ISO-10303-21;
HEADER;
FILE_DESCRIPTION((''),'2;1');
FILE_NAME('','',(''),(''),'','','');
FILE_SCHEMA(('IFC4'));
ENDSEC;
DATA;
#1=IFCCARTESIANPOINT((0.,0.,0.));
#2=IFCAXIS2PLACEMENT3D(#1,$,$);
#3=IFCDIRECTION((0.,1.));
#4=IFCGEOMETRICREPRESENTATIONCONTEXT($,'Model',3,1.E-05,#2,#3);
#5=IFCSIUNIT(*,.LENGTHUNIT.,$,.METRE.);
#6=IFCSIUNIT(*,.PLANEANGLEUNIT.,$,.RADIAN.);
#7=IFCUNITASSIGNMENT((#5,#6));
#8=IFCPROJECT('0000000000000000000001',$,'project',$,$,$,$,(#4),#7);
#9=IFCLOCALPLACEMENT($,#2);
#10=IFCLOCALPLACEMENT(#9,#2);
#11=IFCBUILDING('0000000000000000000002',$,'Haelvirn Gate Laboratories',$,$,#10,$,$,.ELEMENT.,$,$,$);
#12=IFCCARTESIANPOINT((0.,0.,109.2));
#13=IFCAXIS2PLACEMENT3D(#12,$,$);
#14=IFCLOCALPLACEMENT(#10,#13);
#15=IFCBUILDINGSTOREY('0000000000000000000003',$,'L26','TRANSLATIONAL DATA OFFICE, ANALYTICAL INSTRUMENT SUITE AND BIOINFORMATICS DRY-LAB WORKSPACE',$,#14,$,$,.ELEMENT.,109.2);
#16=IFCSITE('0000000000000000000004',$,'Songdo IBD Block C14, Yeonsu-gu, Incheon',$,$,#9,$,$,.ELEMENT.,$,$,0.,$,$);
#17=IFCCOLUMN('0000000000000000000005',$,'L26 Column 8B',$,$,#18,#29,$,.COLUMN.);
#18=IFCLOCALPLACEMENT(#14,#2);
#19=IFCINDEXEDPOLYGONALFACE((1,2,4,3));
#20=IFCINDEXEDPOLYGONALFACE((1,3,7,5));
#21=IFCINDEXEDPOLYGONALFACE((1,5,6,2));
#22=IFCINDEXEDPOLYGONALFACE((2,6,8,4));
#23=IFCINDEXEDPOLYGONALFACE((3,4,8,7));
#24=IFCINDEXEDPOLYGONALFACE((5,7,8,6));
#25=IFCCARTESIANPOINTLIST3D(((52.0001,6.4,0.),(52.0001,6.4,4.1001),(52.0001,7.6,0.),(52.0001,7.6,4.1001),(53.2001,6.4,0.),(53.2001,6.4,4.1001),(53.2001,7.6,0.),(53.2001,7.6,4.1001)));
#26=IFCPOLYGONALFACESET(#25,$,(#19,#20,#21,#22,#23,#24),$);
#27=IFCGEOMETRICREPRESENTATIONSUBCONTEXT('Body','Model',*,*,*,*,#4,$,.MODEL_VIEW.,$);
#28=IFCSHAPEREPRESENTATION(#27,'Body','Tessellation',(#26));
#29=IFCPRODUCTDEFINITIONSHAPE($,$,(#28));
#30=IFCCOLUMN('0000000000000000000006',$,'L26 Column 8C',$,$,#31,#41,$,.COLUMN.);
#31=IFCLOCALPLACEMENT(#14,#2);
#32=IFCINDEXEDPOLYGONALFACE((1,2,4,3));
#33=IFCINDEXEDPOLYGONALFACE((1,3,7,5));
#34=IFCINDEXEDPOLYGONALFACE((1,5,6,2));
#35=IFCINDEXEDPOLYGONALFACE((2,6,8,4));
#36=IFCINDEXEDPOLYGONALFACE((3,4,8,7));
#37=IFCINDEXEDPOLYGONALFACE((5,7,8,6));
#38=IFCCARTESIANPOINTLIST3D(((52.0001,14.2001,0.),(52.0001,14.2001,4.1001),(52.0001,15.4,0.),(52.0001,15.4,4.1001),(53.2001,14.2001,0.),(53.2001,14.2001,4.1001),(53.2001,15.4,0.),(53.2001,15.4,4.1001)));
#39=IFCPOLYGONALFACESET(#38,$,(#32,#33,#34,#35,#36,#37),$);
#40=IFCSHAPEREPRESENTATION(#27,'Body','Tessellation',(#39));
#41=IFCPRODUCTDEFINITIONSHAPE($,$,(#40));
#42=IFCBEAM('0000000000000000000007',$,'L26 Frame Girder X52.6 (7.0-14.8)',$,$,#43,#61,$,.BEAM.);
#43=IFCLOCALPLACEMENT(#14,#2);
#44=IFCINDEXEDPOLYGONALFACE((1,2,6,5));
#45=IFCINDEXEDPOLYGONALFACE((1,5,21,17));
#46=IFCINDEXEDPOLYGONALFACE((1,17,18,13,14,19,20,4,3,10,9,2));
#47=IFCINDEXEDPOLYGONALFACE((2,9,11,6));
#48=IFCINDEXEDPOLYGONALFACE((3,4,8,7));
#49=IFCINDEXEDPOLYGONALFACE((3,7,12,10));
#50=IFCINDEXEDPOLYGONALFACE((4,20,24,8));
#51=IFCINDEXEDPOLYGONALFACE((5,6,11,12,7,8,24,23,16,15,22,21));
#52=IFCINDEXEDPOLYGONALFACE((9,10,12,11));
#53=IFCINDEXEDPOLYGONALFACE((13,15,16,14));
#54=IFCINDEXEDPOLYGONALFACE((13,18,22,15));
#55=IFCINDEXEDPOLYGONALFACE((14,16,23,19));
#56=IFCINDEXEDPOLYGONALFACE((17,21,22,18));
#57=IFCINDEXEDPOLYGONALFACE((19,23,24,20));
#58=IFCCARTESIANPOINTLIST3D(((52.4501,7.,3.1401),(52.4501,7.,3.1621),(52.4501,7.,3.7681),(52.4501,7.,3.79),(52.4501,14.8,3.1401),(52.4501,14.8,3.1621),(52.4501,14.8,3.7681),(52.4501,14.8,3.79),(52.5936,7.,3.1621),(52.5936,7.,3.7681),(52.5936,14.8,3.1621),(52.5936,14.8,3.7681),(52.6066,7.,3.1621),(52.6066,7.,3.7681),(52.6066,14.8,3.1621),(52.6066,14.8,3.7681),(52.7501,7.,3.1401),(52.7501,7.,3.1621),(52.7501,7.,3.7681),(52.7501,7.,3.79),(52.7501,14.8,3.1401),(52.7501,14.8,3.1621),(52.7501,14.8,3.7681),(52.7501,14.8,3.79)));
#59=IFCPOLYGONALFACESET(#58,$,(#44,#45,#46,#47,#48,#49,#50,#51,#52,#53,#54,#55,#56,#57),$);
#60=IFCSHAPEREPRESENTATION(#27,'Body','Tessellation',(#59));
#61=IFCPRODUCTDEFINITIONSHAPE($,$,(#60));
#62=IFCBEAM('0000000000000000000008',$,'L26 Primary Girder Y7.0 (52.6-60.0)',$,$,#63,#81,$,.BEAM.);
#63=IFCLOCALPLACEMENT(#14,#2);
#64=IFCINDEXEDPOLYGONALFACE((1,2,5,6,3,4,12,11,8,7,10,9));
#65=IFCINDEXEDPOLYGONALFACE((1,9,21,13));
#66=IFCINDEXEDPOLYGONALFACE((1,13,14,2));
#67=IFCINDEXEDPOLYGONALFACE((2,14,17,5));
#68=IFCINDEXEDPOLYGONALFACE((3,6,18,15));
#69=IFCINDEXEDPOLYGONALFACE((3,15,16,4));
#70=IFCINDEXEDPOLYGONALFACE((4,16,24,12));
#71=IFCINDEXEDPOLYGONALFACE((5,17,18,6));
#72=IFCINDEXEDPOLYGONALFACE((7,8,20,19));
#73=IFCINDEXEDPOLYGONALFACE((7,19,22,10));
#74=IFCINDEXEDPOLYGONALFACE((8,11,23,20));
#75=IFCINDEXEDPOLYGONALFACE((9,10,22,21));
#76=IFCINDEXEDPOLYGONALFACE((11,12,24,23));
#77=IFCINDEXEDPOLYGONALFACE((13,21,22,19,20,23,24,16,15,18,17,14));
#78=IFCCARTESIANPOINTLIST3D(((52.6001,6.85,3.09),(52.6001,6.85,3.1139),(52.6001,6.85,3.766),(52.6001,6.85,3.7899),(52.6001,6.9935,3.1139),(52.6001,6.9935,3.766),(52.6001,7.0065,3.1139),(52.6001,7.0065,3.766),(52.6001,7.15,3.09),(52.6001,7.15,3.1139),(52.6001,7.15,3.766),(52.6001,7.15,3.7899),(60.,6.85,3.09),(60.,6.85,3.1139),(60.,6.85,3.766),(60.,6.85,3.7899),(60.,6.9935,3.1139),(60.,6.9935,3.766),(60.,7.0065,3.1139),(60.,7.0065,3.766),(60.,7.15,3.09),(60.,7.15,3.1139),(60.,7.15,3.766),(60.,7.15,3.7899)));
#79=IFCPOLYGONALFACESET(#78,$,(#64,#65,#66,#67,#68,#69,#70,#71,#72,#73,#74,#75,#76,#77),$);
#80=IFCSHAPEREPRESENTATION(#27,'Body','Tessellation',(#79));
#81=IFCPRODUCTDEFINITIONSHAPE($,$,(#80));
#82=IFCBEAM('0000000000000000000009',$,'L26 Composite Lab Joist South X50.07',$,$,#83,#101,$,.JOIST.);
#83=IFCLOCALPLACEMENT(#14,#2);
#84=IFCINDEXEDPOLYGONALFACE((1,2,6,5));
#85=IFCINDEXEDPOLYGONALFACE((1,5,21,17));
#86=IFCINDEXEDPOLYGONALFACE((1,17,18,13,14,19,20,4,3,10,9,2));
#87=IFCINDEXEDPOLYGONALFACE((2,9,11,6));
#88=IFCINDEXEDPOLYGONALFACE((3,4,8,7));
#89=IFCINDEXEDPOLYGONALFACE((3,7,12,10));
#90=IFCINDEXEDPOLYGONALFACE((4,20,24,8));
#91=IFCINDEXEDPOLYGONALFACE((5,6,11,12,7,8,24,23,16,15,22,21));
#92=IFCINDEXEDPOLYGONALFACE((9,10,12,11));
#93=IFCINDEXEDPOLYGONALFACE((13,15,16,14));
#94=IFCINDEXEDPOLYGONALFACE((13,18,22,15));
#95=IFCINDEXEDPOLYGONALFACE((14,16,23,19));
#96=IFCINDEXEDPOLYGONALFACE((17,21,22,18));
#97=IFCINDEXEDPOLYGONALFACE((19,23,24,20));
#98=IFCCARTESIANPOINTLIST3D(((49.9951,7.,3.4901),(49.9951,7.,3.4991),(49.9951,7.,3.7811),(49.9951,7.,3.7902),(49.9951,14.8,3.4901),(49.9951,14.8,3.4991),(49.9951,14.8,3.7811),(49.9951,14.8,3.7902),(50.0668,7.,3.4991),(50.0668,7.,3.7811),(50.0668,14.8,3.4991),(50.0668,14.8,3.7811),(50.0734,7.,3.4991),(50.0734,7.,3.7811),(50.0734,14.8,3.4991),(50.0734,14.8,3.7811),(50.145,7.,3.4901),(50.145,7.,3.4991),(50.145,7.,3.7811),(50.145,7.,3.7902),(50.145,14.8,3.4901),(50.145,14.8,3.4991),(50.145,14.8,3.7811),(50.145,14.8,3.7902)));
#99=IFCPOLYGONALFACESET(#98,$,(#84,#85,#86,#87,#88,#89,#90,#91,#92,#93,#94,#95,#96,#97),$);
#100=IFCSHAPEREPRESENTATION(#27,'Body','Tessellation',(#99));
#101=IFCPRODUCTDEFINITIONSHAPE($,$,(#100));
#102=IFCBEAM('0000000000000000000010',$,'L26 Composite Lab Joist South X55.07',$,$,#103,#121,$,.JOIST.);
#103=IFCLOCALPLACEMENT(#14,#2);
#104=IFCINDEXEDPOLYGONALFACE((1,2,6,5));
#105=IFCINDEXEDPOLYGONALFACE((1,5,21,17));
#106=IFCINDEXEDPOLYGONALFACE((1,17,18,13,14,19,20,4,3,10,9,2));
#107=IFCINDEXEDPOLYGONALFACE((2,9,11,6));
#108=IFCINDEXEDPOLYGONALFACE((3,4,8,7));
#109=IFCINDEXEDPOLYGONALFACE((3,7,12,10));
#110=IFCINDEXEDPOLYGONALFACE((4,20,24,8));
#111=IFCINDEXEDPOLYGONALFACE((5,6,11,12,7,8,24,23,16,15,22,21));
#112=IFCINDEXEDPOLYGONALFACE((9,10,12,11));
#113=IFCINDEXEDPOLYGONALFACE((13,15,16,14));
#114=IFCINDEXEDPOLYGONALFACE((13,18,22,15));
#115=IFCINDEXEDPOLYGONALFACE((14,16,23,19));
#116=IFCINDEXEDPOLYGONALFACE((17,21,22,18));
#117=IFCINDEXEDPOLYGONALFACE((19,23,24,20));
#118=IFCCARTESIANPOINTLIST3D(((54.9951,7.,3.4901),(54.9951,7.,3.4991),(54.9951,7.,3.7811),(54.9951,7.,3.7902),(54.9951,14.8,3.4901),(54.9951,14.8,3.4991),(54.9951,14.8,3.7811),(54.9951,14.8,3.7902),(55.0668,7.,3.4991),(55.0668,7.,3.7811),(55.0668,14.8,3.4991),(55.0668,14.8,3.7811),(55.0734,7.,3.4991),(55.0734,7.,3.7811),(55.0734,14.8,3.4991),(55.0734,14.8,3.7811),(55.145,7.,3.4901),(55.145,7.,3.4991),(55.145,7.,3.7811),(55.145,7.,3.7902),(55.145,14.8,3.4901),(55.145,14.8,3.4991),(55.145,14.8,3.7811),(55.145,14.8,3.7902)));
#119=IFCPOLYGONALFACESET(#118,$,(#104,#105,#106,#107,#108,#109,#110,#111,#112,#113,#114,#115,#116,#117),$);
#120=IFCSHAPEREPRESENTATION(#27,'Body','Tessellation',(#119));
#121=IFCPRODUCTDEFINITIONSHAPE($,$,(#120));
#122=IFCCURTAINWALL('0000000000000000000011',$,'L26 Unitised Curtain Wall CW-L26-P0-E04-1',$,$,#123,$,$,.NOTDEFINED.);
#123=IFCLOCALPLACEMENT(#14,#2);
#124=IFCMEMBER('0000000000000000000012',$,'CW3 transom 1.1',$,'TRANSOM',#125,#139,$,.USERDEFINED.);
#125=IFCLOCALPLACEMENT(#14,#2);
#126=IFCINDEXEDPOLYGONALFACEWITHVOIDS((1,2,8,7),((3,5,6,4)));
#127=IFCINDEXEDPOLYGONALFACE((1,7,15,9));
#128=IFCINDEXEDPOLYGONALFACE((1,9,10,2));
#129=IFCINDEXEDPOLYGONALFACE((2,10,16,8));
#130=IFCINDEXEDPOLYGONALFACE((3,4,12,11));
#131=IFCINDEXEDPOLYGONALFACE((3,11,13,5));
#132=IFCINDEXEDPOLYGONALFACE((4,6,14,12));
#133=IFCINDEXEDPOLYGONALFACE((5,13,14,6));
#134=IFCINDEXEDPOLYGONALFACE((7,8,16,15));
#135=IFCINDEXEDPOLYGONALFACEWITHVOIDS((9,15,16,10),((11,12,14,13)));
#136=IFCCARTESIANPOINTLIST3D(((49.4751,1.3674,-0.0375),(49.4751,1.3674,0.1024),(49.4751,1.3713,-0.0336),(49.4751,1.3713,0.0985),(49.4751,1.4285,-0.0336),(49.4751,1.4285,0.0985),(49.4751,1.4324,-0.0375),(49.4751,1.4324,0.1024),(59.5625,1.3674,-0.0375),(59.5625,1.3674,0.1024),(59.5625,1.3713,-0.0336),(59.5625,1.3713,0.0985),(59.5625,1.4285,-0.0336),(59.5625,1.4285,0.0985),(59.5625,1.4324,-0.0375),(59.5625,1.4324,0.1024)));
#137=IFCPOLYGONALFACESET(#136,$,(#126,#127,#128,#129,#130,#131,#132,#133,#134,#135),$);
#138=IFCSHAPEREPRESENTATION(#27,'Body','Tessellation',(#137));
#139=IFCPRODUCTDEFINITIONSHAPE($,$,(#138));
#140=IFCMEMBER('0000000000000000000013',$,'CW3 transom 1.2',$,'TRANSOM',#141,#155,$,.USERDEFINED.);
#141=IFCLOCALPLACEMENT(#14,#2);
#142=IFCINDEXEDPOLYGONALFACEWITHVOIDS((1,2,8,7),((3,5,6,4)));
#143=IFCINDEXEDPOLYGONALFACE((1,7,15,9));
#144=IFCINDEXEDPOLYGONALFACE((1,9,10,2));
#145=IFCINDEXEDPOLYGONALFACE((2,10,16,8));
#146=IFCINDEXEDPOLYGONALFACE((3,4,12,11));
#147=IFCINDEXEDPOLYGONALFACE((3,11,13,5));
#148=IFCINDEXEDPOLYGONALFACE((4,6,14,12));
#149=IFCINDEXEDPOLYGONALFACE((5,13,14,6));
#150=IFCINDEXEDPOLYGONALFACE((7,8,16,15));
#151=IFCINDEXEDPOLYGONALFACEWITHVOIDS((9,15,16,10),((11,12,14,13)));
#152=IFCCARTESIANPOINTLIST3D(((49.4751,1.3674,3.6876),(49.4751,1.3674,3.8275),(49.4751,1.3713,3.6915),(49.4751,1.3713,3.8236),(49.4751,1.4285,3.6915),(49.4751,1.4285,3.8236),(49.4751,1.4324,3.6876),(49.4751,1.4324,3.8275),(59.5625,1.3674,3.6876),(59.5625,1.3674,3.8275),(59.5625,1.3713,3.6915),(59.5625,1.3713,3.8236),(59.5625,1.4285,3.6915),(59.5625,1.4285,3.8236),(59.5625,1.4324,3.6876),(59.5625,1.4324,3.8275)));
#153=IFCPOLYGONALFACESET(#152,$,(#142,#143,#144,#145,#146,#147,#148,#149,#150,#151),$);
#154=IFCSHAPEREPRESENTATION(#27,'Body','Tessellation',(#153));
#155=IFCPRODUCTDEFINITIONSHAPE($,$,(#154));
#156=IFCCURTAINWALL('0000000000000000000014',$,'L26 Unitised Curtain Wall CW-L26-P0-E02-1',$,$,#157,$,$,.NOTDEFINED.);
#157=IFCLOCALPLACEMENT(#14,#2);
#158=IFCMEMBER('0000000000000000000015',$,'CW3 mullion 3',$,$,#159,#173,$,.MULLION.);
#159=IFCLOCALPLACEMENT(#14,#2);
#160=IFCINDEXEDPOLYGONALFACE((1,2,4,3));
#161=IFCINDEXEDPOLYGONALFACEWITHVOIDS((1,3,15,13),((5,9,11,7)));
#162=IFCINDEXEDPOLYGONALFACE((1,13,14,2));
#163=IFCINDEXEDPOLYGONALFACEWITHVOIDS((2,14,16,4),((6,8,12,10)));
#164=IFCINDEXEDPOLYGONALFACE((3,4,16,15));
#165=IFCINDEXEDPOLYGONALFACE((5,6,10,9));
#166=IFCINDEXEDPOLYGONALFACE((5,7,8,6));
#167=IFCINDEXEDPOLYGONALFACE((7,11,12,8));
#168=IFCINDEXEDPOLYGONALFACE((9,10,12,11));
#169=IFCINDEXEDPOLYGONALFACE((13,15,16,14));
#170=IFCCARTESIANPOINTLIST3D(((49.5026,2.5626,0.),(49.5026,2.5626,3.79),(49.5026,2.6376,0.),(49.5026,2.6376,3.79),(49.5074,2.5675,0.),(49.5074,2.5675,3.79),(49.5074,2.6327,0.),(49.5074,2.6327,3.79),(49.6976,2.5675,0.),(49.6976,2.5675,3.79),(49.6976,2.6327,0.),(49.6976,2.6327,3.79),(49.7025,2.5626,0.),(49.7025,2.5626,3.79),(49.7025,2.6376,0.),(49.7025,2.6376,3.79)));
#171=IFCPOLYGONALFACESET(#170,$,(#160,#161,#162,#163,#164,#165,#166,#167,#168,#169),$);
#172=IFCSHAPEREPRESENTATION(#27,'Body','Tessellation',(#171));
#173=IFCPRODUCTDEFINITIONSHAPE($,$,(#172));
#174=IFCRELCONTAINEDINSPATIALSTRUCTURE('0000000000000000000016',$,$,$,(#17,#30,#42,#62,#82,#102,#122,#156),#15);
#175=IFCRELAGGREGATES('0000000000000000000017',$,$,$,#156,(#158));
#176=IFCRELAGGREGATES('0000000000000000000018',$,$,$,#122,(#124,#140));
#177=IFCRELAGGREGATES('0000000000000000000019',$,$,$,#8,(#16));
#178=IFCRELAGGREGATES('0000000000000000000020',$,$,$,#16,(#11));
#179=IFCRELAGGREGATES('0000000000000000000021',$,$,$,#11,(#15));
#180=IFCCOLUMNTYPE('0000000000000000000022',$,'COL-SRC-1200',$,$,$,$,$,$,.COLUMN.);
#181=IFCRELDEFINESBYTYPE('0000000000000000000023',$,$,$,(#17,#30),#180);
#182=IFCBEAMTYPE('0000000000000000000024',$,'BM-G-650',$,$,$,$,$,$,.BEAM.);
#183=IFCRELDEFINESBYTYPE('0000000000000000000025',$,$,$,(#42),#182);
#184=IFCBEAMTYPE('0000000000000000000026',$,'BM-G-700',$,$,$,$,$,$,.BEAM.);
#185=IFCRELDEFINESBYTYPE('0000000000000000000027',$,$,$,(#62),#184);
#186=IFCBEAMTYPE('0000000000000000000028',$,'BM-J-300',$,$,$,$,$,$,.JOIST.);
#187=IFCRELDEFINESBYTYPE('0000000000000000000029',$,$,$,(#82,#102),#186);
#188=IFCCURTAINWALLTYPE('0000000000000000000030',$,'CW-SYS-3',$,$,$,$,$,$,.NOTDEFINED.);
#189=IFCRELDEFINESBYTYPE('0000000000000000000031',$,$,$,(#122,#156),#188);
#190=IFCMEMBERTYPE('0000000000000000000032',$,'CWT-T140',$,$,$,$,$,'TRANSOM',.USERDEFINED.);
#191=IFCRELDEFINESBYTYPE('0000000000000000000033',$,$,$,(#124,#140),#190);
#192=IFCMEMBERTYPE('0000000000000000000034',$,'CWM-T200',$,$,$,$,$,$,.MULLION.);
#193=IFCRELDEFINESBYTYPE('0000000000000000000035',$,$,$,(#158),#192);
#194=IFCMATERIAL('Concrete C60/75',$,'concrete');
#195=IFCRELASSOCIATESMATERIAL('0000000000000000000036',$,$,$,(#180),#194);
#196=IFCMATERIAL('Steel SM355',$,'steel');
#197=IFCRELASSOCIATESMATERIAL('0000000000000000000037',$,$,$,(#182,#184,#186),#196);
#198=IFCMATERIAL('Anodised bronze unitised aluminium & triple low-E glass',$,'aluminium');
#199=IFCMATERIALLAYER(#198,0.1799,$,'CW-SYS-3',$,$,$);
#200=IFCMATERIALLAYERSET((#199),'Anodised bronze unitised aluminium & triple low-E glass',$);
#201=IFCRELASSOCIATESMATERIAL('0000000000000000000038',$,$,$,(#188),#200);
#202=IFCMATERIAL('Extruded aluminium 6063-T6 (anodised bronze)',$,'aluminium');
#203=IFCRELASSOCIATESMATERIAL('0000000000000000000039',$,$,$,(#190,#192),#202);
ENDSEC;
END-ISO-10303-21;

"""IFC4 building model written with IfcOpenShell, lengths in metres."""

from ifc_helpers import new_model, si_unit, direction, frame, origin, origin_2d, place, context, subcontext, project, spatial, rectangle, hollow_rectangle, i_section, extrude, source, transform, mapped, material, layer, layer_set, material_profile, profile_set, type_object, type_shapes, element, aggregate, save


model = new_model("IFC4")

# Units and contexts
model_context = context("Model", 3, precision=1e-05, world=origin(), true_north=direction((0.0, 1.0)))
body_context = subcontext(model_context, "Body", "Model", "MODEL_VIEW")
ifc_project = project(units=[si_unit("LENGTHUNIT", "METRE"), si_unit("PLANEANGLEUNIT", "RADIAN")], contexts=[model_context])

# Site, building, storey
site_placement = place(None, origin())
site = spatial("IfcSite", under=ifc_project, at=site_placement, Name="Songdo IBD Block C14, Yeonsu-gu, Incheon", CompositionType="ELEMENT", RefElevation=0.0)
building_placement = place(site_placement, origin())
building = spatial("IfcBuilding", under=site, at=building_placement, Name="Haelvirn Gate Laboratories", CompositionType="ELEMENT")
storey_placement = place(building_placement, frame((0.0, 0.0, 109.2)))
storey = spatial("IfcBuildingStorey", under=building, at=storey_placement, Name="L26", Description="TRANSLATIONAL DATA OFFICE, ANALYTICAL INSTRUMENT SUITE AND BIOINFORMATICS DRY-LAB WORKSPACE", CompositionType="ELEMENT", Elevation=109.2)

# Columns
ifc_material_1 = material(Name="Concrete C60/75", Category="concrete")
ifc_material_profile_1 = material_profile(ifc_material_1, rectangle(XDim=1.2, YDim=1.2, at=origin_2d()), Name="SRC-1200x1200")
ifc_profile_set_1 = profile_set([ifc_material_profile_1], Name="Concrete C60/75")
column_type = type_object("IfcColumnType", Name="COL-SRC-1200", PredefinedType="COLUMN", material=ifc_profile_set_1)
shared_shape_1 = source(origin(), body_context, "Body", "SweptSolid", [
    extrude(rectangle(XDim=1.2, YDim=1.2, at=origin_2d()), origin(), (0.0, 0.0, 1.0), 4.1001),
])
type_shapes(column_type, [shared_shape_1])
for number, where, z_axis, x_axis, name in (
    (1, (52.6001, 7.0, 0.0), (0.0, 0.0, 1.0), (1.0, 0.0, 0.0), "L26 Column 8B"),
    (2, (52.6001, 14.8, 0.0), (0.0, 0.0, 1.0), (1.0, 0.0, 0.0), "L26 Column 8C"),
):
    element("IfcColumn", number, at=place(storey_placement, frame(where, z_axis=z_axis, x_axis=x_axis)), inside=storey, type_object=column_type, Name=name, PredefinedType="COLUMN", context=body_context, shape_type="MappedRepresentation", body=[
        mapped(shared_shape_1, transform((0.0, 0.0, 0.0), scale=1.0)),
    ])

# Beams
ifc_material_2 = material(Name="Steel SM355", Category="steel")
ifc_material_profile_2 = material_profile(ifc_material_2, i_section(OverallWidth=0.3, OverallDepth=0.6499, WebThickness=0.0129, FlangeThickness=0.022, at=origin_2d()), Name="H-650x300x13x22")
ifc_profile_set_2 = profile_set([ifc_material_profile_2], Name="Steel SM355")
beam_type_1 = type_object("IfcBeamType", Name="BM-G-650", PredefinedType="BEAM", material=ifc_profile_set_2)
shared_shape_2 = source(origin(), body_context, "Body", "SweptSolid", [
    extrude(i_section(OverallWidth=0.3, OverallDepth=0.6499, WebThickness=0.0129, FlangeThickness=0.022, at=origin_2d()), origin(), (0.0, 0.0, 1.0), 7.8),
])
type_shapes(beam_type_1, [shared_shape_2])
beam_1_placement = place(storey_placement, frame((52.6001, 7.0, 3.4651), z_axis=(0.0, 1.0, 0.0), x_axis=(-1.0, 0.0, 0.0)))
element("IfcBeam", 3, at=beam_1_placement, inside=storey, type_object=beam_type_1, Name="L26 Frame Girder X52.6 (7.0-14.8)", PredefinedType="BEAM", context=body_context, shape_type="MappedRepresentation", body=[
    mapped(shared_shape_2, transform((0.0, 0.0, 0.0), scale=1.0)),
])
ifc_material_profile_3 = material_profile(ifc_material_2, i_section(OverallWidth=0.3, OverallDepth=0.7, WebThickness=0.0129, FlangeThickness=0.0239, at=origin_2d()), Name="H-700x300x13x24")
ifc_profile_set_3 = profile_set([ifc_material_profile_3], Name="Steel SM355")
beam_type_2 = type_object("IfcBeamType", Name="BM-G-700", PredefinedType="BEAM", material=ifc_profile_set_3)
shared_shape_3 = source(origin(), body_context, "Body", "SweptSolid", [
    extrude(i_section(OverallWidth=0.3, OverallDepth=0.7, WebThickness=0.0129, FlangeThickness=0.0239, at=origin_2d()), origin(), (0.0, 0.0, 1.0), 7.3999),
])
type_shapes(beam_type_2, [shared_shape_3])
beam_2_placement = place(storey_placement, frame((52.6001, 7.0, 3.4399), z_axis=(1.0, 0.0, 0.0), x_axis=(0.0, 1.0, 0.0)))
element("IfcBeam", 4, at=beam_2_placement, inside=storey, type_object=beam_type_2, Name="L26 Primary Girder Y7.0 (52.6-60.0)", PredefinedType="BEAM", context=body_context, shape_type="MappedRepresentation", body=[
    mapped(shared_shape_3, transform((0.0, 0.0, 0.0), scale=1.0)),
])
ifc_material_profile_4 = material_profile(ifc_material_2, i_section(OverallWidth=0.1499, OverallDepth=0.3, WebThickness=0.0066, FlangeThickness=0.009, at=origin_2d()), Name="H-300x150x6.5x9")
ifc_profile_set_4 = profile_set([ifc_material_profile_4], Name="Steel SM355")
beam_type_3 = type_object("IfcBeamType", Name="BM-J-300", PredefinedType="JOIST", material=ifc_profile_set_4)
shared_shape_4 = source(origin(), body_context, "Body", "SweptSolid", [
    extrude(i_section(OverallWidth=0.1499, OverallDepth=0.3, WebThickness=0.0066, FlangeThickness=0.009, at=origin_2d()), origin(), (0.0, 0.0, 1.0), 7.8),
])
type_shapes(beam_type_3, [shared_shape_4])
for number, where, z_axis, x_axis, name in (
    (5, (50.0701, 7.0, 3.6401), (0.0, 1.0, 0.0), (-1.0, 0.0, 0.0), "L26 Composite Lab Joist South X50.07"),
    (6, (55.0701, 7.0, 3.6401), (0.0, 1.0, 0.0), (-1.0, 0.0, 0.0), "L26 Composite Lab Joist South X55.07"),
):
    element("IfcBeam", number, at=place(storey_placement, frame(where, z_axis=z_axis, x_axis=x_axis)), inside=storey, type_object=beam_type_3, Name=name, PredefinedType="JOIST", context=body_context, shape_type="MappedRepresentation", body=[
        mapped(shared_shape_4, transform((0.0, 0.0, 0.0), scale=1.0)),
    ])

# Curtain wall, members
ifc_material_3 = material(Name="Anodised bronze unitised aluminium & triple low-E glass", Category="aluminium")
ifc_layer_1 = layer(ifc_material_3, 0.1799, Name="CW-SYS-3")
ifc_layer_set_1 = layer_set([ifc_layer_1], Name="Anodised bronze unitised aluminium & triple low-E glass")
curtain_wall_type = type_object("IfcCurtainWallType", Name="CW-SYS-3", PredefinedType="NOTDEFINED", material=ifc_layer_set_1)
curtain_wall_1_placement = place(storey_placement, origin())
curtain_wall_1 = element("IfcCurtainWall", 7, at=curtain_wall_1_placement, inside=storey, type_object=curtain_wall_type, Name="L26 Unitised Curtain Wall CW-L26-P0-E04-1", PredefinedType="NOTDEFINED")
ifc_material_4 = material(Name="Extruded aluminium 6063-T6 (anodised bronze)", Category="aluminium")
ifc_material_profile_5 = material_profile(ifc_material_4, hollow_rectangle(XDim=0.0649, YDim=0.1399, WallThickness=0.0039, at=origin_2d()), Name="CWT-140x65x4")
ifc_profile_set_5 = profile_set([ifc_material_profile_5], Name="Extruded aluminium 6063-T6 (anodised bronze)")
member_type_1 = type_object("IfcMemberType", Name="CWT-T140", ElementType="TRANSOM", PredefinedType="USERDEFINED", material=ifc_profile_set_5)
shared_shape_5 = source(origin(), body_context, "Body", "SweptSolid", [
    extrude(hollow_rectangle(XDim=0.0649, YDim=0.1399, WallThickness=0.0039, at=origin_2d()), origin(), (0.0, 0.0, 1.0), 10.0874),
])
type_shapes(member_type_1, [shared_shape_5])
member_1_placement = place(storey_placement, frame((49.4751, 1.3999, 0.0325), z_axis=(1.0, 0.0, 0.0), x_axis=(0.0, 1.0, 0.0)))
member_1 = element("IfcMember", 8, at=member_1_placement, type_object=member_type_1, Name="CW3 transom 1.1", ObjectType="TRANSOM", PredefinedType="USERDEFINED", context=body_context, shape_type="MappedRepresentation", body=[
    mapped(shared_shape_5, transform((0.0, 0.0, 0.0), scale=1.0)),
])
member_2_placement = place(storey_placement, frame((49.4751, 1.3999, 3.7576), z_axis=(1.0, 0.0, 0.0), x_axis=(0.0, 1.0, 0.0)))
member_2 = element("IfcMember", 9, at=member_2_placement, type_object=member_type_1, Name="CW3 transom 1.2", ObjectType="TRANSOM", PredefinedType="USERDEFINED", context=body_context, shape_type="MappedRepresentation", body=[
    mapped(shared_shape_5, transform((0.0, 0.0, 0.0), scale=1.0)),
])

# Curtain wall, member
curtain_wall_2_placement = place(storey_placement, origin())
curtain_wall_2 = element("IfcCurtainWall", 10, at=curtain_wall_2_placement, inside=storey, type_object=curtain_wall_type, Name="L26 Unitised Curtain Wall CW-L26-P0-E02-1", PredefinedType="NOTDEFINED")
ifc_material_profile_6 = material_profile(ifc_material_4, hollow_rectangle(XDim=0.075, YDim=0.2, WallThickness=0.0049, at=origin_2d()), Name="CWM-200x75x5")
ifc_profile_set_6 = profile_set([ifc_material_profile_6], Name="Extruded aluminium 6063-T6 (anodised bronze)")
member_type_2 = type_object("IfcMemberType", Name="CWM-T200", PredefinedType="MULLION", material=ifc_profile_set_6)
shared_shape_6 = source(origin(), body_context, "Body", "SweptSolid", [
    extrude(hollow_rectangle(XDim=0.075, YDim=0.2, WallThickness=0.0049, at=origin_2d()), origin(), (0.0, 0.0, 1.0), 3.79),
])
type_shapes(member_type_2, [shared_shape_6])
member_3_placement = place(storey_placement, frame((49.6025, 2.6001, 0.0), z_axis=(0.0, 0.0, 1.0), x_axis=(0.0, 1.0, 0.0)))
member_3 = element("IfcMember", 11, at=member_3_placement, type_object=member_type_2, Name="CW3 mullion 3", PredefinedType="MULLION", context=body_context, shape_type="MappedRepresentation", body=[
    mapped(shared_shape_6, transform((0.0, 0.0, 0.0), scale=1.0)),
])
aggregate(curtain_wall_2, [member_3])

aggregate(curtain_wall_1, [member_1, member_2])

save(model, "model.ifc")
